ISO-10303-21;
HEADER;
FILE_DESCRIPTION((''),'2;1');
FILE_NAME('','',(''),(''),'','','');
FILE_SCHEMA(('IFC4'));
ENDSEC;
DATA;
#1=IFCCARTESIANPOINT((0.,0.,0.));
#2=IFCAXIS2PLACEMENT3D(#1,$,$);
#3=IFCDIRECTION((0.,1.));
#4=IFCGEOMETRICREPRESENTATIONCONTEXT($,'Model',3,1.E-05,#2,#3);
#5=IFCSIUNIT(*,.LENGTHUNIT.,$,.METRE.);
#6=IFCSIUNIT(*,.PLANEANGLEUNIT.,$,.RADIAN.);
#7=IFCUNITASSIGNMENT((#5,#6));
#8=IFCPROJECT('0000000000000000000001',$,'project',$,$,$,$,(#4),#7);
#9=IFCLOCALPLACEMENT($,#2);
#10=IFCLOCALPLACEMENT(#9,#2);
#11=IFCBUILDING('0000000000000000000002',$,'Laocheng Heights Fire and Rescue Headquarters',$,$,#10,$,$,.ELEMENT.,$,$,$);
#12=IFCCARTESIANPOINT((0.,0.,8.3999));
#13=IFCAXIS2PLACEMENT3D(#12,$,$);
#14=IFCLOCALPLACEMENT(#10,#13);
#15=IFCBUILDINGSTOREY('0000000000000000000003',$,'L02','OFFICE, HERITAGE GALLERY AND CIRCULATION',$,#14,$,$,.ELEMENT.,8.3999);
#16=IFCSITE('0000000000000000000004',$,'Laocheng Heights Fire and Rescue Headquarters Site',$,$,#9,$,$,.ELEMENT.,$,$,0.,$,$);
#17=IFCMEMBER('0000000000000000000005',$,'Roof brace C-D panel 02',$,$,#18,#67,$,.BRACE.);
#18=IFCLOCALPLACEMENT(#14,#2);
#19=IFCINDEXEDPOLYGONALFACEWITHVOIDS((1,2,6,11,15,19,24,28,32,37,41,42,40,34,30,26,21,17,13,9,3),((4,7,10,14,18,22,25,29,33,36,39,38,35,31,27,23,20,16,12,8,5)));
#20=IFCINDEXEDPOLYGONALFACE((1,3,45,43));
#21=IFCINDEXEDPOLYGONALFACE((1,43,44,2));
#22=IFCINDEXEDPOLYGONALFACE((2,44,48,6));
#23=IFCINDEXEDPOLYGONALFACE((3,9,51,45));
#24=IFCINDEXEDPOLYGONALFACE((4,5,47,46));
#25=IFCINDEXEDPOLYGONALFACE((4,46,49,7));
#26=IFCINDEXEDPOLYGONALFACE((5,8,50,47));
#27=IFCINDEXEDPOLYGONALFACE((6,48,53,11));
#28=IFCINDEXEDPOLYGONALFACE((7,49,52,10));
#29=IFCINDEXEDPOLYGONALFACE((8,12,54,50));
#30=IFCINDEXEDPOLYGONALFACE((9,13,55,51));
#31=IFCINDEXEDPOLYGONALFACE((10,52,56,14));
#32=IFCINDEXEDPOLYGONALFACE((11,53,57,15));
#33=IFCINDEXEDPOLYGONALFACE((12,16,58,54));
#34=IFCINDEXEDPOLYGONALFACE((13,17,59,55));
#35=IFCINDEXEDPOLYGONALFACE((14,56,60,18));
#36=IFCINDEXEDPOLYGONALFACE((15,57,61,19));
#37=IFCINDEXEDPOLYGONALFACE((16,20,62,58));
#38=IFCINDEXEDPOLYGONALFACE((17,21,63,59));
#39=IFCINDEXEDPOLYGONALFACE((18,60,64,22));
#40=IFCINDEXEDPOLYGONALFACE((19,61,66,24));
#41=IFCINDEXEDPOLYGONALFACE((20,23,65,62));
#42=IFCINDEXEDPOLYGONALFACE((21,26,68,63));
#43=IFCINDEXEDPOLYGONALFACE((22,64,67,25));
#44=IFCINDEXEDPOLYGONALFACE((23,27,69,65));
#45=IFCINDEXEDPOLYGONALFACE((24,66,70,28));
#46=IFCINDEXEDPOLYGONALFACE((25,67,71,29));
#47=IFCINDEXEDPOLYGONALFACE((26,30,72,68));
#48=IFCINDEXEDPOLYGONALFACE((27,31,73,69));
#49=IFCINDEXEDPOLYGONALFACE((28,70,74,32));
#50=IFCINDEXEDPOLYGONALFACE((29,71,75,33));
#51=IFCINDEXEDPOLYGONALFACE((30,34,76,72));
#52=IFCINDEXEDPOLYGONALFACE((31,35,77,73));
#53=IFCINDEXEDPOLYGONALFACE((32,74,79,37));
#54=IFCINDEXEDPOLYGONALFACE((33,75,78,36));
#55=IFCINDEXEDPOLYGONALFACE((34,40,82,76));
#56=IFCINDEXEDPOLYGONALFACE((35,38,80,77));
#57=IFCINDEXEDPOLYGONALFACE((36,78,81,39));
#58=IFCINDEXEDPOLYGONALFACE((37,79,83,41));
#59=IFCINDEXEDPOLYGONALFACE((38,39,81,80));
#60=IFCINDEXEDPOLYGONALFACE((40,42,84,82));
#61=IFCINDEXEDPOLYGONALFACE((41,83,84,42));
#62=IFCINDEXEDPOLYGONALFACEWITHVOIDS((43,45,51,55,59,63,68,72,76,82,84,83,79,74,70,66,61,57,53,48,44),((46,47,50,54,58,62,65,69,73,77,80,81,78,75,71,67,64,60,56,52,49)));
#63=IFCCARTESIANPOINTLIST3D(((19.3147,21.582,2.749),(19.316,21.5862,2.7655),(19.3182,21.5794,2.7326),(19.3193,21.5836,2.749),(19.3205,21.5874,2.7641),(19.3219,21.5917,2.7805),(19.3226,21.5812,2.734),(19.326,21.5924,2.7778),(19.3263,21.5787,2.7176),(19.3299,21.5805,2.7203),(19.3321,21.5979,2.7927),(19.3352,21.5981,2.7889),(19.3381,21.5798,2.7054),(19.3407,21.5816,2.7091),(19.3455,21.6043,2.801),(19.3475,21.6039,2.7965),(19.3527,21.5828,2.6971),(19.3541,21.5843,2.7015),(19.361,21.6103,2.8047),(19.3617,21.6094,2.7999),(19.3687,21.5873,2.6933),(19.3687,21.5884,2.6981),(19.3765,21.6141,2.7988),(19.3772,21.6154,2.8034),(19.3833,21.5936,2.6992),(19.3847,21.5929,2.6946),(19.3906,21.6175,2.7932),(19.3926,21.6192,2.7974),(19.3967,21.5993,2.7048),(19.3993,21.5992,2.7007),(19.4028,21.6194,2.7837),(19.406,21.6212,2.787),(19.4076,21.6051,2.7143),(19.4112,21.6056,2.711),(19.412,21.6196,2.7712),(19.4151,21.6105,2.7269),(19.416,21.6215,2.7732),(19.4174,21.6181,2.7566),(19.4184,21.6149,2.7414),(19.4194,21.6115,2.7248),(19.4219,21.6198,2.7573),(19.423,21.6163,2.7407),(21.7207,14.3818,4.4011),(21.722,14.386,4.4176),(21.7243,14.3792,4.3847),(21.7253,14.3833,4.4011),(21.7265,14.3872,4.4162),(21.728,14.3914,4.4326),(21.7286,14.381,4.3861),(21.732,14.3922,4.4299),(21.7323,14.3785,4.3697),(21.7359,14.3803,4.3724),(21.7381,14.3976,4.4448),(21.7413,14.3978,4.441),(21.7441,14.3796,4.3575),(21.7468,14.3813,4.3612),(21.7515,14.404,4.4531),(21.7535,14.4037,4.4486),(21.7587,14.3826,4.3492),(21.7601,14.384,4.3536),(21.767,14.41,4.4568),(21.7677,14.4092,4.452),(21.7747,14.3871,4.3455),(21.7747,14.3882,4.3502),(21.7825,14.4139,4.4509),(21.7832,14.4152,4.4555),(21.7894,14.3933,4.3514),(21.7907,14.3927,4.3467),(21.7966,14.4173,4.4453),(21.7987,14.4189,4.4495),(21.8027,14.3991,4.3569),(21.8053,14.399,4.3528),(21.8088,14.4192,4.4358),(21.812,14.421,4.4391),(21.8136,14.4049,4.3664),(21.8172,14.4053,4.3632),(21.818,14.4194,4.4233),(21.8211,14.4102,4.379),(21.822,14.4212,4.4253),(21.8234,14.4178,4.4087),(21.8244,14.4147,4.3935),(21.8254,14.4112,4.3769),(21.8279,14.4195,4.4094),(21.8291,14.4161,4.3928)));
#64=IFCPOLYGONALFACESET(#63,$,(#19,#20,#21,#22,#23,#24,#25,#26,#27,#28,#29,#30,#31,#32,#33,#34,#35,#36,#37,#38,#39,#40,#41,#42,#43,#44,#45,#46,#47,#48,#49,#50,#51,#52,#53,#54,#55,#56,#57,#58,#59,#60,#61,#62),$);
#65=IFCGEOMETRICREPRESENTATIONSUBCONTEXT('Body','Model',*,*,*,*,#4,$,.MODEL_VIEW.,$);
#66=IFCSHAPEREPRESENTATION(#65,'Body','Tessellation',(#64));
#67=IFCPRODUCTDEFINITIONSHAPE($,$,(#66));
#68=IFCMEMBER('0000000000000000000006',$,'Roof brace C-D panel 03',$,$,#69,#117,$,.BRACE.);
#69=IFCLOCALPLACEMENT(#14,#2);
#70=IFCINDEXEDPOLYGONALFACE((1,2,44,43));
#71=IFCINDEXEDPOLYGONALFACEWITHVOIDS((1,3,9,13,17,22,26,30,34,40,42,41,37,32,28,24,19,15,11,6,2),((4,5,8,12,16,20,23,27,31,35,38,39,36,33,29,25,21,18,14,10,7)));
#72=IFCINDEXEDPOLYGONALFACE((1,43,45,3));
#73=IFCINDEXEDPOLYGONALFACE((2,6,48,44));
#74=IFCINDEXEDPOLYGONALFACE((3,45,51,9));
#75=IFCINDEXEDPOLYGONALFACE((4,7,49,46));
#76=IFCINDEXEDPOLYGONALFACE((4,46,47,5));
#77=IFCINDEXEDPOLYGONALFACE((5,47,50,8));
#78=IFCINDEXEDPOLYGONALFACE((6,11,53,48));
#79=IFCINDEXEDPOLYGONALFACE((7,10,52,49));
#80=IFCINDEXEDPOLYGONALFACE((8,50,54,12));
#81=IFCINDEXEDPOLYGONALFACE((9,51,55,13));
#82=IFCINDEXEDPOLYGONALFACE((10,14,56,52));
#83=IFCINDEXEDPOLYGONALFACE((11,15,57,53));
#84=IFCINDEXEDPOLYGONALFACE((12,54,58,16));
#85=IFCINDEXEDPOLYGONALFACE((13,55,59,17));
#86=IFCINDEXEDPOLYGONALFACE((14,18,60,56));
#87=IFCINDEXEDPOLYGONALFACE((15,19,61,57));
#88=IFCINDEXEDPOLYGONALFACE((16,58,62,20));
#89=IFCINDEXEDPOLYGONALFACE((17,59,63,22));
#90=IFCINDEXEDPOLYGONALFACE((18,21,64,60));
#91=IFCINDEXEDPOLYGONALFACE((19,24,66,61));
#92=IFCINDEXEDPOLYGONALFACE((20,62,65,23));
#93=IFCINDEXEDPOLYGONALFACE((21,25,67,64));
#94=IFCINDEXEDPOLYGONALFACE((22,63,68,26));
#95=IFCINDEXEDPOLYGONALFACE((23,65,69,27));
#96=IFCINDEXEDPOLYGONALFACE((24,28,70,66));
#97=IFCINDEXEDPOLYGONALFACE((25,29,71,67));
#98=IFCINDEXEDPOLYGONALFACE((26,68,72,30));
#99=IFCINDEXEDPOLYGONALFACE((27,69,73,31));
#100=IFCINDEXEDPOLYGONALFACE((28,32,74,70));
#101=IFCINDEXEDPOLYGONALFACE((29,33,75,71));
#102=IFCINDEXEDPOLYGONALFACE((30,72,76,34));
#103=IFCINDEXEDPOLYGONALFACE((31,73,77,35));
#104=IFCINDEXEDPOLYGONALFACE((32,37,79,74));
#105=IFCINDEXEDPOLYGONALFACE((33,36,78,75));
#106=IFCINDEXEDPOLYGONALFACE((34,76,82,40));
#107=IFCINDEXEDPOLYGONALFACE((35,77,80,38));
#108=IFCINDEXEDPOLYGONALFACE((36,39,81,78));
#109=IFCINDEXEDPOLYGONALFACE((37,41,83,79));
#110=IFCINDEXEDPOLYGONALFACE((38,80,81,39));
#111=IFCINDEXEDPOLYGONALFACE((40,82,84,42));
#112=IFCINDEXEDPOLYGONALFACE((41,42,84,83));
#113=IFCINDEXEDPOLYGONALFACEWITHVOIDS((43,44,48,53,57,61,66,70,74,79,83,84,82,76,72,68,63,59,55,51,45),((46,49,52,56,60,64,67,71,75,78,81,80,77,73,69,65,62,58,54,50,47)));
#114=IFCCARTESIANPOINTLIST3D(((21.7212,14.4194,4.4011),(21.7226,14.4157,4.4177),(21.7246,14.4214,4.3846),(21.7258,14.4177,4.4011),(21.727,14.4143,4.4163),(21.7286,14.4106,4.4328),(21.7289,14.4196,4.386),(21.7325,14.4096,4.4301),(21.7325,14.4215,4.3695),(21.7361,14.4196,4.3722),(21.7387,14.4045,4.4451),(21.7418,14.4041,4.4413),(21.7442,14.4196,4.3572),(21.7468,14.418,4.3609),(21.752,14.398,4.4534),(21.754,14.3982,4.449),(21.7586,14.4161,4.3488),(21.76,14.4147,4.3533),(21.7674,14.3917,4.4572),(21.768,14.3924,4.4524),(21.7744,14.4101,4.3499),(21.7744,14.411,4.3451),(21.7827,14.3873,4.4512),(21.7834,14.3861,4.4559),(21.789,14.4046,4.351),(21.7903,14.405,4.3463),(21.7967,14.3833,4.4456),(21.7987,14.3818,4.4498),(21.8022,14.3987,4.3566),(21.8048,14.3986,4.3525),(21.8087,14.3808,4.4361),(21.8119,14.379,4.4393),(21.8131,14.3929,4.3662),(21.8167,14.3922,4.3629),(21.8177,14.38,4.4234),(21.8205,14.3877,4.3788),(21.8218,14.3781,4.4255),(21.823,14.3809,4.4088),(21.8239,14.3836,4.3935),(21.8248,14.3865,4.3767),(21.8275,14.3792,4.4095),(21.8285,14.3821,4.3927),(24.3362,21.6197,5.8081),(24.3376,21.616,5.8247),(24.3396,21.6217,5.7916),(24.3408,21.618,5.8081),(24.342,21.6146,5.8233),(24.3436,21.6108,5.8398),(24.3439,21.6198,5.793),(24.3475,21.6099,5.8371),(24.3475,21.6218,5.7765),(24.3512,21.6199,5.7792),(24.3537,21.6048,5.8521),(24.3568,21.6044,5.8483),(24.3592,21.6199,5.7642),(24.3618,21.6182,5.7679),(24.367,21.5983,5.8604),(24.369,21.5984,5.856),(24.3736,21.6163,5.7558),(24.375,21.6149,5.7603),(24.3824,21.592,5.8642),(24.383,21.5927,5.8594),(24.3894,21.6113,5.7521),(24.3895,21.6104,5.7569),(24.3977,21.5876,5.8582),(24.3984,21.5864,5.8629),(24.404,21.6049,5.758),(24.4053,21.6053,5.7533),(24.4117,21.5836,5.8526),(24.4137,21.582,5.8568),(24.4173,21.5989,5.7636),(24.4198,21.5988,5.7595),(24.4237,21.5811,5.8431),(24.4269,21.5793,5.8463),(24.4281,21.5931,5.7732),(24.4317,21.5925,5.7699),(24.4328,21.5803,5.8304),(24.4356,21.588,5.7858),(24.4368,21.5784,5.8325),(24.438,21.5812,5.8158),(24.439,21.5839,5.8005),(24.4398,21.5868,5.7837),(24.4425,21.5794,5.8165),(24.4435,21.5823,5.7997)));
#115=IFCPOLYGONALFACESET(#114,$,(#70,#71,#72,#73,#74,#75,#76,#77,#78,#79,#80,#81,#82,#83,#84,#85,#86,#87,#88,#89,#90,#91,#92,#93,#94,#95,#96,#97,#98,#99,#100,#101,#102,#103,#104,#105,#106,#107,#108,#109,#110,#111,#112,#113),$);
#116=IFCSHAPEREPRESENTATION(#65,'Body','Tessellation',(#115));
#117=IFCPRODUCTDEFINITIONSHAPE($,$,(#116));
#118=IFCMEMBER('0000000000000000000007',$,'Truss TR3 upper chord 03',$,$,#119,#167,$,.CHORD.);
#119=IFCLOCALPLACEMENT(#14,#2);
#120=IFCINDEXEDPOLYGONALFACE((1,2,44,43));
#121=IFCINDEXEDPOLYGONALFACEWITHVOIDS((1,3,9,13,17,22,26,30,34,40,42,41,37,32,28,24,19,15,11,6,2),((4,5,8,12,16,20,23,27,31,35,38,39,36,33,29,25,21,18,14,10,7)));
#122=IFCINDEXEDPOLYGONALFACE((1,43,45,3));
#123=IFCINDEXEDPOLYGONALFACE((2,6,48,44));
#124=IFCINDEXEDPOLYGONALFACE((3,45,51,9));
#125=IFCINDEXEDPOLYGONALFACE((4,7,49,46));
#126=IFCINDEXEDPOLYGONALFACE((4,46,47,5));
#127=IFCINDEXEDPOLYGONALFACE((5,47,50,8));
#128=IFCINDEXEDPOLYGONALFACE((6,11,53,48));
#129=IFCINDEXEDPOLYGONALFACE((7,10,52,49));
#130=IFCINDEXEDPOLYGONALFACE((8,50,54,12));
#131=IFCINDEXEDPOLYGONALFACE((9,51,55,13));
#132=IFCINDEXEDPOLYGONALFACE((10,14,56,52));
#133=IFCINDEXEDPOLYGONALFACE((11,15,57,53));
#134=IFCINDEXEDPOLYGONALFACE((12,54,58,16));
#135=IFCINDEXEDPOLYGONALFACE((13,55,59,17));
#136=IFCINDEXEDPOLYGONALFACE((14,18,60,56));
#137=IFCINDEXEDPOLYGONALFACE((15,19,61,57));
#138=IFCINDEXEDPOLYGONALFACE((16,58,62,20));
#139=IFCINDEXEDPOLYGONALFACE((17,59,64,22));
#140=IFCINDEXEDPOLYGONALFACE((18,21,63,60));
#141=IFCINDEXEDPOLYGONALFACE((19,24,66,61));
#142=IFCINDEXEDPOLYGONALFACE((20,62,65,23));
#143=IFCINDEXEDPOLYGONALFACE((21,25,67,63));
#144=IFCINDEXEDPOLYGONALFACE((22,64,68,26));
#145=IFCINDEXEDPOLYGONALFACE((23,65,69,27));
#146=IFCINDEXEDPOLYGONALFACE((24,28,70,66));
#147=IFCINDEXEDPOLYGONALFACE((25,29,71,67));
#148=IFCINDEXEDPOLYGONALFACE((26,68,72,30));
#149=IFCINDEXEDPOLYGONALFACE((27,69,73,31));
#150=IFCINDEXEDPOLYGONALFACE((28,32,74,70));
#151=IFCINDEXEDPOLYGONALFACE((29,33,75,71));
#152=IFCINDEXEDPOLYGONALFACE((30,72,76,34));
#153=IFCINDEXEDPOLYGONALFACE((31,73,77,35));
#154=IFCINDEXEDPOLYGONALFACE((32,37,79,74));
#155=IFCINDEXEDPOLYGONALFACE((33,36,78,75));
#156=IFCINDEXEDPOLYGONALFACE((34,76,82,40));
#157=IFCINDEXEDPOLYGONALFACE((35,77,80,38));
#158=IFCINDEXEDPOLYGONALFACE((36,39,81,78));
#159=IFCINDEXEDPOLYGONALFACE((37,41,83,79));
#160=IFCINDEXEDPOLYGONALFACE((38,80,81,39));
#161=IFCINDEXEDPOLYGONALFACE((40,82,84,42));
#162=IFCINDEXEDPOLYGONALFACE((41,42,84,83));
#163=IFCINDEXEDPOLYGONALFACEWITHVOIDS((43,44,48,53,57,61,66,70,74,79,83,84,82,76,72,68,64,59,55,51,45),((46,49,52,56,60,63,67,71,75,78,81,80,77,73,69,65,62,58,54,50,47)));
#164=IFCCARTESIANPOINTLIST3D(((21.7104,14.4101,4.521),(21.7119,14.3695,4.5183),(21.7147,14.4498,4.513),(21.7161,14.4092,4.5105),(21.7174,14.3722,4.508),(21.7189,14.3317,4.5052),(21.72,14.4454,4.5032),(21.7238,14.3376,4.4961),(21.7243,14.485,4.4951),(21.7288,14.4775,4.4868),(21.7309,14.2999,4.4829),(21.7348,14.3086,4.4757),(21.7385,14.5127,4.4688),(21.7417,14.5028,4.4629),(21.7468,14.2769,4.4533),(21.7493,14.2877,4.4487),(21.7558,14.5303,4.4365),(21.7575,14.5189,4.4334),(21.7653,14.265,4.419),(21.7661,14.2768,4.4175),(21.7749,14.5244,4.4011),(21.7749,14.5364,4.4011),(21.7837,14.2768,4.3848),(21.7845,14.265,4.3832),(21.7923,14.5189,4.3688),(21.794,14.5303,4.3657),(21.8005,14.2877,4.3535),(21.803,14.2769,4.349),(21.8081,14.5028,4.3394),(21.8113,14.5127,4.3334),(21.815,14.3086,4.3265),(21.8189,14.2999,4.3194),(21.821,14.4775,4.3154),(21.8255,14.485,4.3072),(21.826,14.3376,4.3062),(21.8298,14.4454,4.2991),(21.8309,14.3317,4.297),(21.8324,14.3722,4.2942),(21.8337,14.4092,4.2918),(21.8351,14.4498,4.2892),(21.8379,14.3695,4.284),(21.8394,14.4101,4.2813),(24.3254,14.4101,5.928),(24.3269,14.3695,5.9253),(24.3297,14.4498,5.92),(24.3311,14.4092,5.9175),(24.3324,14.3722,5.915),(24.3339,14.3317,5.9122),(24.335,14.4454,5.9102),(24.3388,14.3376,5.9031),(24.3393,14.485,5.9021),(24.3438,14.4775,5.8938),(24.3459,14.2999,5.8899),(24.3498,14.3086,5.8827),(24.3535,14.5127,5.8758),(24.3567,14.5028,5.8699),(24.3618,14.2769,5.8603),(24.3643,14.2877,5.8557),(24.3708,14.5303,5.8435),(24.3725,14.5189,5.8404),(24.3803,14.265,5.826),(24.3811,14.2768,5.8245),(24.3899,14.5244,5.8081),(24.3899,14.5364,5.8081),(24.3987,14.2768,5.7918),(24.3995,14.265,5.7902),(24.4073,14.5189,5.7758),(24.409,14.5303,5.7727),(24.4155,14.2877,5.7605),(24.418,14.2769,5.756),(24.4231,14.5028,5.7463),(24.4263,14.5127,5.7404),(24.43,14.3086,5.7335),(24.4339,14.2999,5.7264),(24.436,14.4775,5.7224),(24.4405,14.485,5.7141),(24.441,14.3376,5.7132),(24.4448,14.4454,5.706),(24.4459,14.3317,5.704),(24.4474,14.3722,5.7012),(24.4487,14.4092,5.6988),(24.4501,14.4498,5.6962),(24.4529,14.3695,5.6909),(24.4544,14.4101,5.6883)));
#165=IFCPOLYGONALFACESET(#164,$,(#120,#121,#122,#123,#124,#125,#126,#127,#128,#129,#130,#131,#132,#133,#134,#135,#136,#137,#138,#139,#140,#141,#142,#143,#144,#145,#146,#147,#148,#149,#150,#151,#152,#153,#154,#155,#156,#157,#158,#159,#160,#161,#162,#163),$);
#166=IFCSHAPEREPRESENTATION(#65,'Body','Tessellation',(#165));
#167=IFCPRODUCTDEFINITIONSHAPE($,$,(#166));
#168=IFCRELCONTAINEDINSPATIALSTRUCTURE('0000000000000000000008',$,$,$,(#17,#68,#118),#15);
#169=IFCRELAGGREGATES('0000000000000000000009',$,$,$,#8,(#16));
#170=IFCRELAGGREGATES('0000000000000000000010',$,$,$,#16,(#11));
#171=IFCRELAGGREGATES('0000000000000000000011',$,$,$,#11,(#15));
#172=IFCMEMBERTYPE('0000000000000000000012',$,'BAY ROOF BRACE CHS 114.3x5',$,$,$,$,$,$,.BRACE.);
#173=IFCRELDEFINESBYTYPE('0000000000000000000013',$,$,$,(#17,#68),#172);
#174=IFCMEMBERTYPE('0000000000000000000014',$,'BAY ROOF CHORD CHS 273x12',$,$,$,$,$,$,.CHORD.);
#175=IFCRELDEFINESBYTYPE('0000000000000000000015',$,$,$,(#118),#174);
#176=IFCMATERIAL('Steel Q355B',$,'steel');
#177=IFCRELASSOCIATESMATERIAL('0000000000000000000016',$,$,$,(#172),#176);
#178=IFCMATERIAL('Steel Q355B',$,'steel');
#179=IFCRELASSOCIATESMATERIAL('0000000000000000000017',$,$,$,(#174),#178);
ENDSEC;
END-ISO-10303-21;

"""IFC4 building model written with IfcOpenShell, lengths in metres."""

from ifc_helpers import new_model, si_unit, direction, frame, origin, origin_2d, place, context, subcontext, project, spatial, hollow_circle, extrude, material, material_profile, profile_set, type_object, element, save


model = new_model("IFC4")

# Units and contexts
model_context = context("Model", 3, precision=1e-05, world=origin(), true_north=direction((0.0, 1.0)))
body_context = subcontext(model_context, "Body", "Model", "MODEL_VIEW")
ifc_project = project(units=[si_unit("LENGTHUNIT", "METRE"), si_unit("PLANEANGLEUNIT", "RADIAN")], contexts=[model_context])

# Site, building, storey
site_placement = place(None, origin())
site = spatial("IfcSite", under=ifc_project, at=site_placement, Name="Laocheng Heights Fire and Rescue Headquarters Site", CompositionType="ELEMENT", RefElevation=0.0)
building_placement = place(site_placement, origin())
building = spatial("IfcBuilding", under=site, at=building_placement, Name="Laocheng Heights Fire and Rescue Headquarters", CompositionType="ELEMENT")
storey_placement = place(building_placement, frame((0.0, 0.0, 8.3999)))
storey = spatial("IfcBuildingStorey", under=building, at=storey_placement, Name="L02", Description="OFFICE, HERITAGE GALLERY AND CIRCULATION", CompositionType="ELEMENT", Elevation=8.3999)

# Members
ifc_material_1 = material(Name="Steel Q355B", Category="steel")
ifc_material_profile_1 = material_profile(ifc_material_1, hollow_circle(Radius=0.0571, WallThickness=0.0049, at=origin_2d()), Name="CHS 114.3x5")
ifc_profile_set_1 = profile_set([ifc_material_profile_1], Name="Steel Q355B")
member_type_1 = type_object("IfcMemberType", Name="BAY ROOF BRACE CHS 114.3x5", PredefinedType="BRACE", material=ifc_profile_set_1)
member_1_placement = place(storey_placement, frame((21.7749, 14.3999, 4.4011), z_axis=(-0.309684, 0.926757, -0.212646), x_axis=(-0.948448, -0.316932, 0.0)))
element("IfcMember", 1, at=member_1_placement, inside=storey, type_object=member_type_1, Name="Roof brace C-D panel 02", PredefinedType="BRACE", context=body_context, shape_type="SweptSolid", body=[
    extrude(hollow_circle(Radius=0.0571, WallThickness=0.0049, at=origin_2d()), origin(), (0.0, 0.0, 1.0), 7.7693),
])
member_2_placement = place(storey_placement, frame((21.7749, 14.3999, 4.4011), z_axis=(0.335751, 0.924466, 0.180649), x_axis=(-0.93993, 0.341367, 0.0)))
element("IfcMember", 2, at=member_2_placement, inside=storey, type_object=member_type_1, Name="Roof brace C-D panel 03", PredefinedType="BRACE", context=body_context, shape_type="SweptSolid", body=[
    extrude(hollow_circle(Radius=0.0571, WallThickness=0.0049, at=origin_2d()), origin(), (0.0, 0.0, 1.0), 7.7886),
])
ifc_material_2 = material(Name="Steel Q355B", Category="steel")
ifc_material_profile_2 = material_profile(ifc_material_2, hollow_circle(Radius=0.1365, WallThickness=0.012, at=origin_2d()), Name="CHS 273x12")
ifc_profile_set_2 = profile_set([ifc_material_profile_2], Name="Steel Q355B")
member_type_2 = type_object("IfcMemberType", Name="BAY ROOF CHORD CHS 273x12", PredefinedType="CHORD", material=ifc_profile_set_2)
member_3_placement = place(storey_placement, frame((21.7749, 14.3999, 4.4011), z_axis=(0.880624, 0.0, 0.473815), x_axis=(0.0, 1.0, 0.0)))
element("IfcMember", 3, at=member_3_placement, inside=storey, type_object=member_type_2, Name="Truss TR3 upper chord 03", PredefinedType="CHORD", context=body_context, shape_type="SweptSolid", body=[
    extrude(hollow_circle(Radius=0.1365, WallThickness=0.012, at=origin_2d()), origin(), (0.0, 0.0, 1.0), 2.9695),
])

save(model, "model.ifc")
